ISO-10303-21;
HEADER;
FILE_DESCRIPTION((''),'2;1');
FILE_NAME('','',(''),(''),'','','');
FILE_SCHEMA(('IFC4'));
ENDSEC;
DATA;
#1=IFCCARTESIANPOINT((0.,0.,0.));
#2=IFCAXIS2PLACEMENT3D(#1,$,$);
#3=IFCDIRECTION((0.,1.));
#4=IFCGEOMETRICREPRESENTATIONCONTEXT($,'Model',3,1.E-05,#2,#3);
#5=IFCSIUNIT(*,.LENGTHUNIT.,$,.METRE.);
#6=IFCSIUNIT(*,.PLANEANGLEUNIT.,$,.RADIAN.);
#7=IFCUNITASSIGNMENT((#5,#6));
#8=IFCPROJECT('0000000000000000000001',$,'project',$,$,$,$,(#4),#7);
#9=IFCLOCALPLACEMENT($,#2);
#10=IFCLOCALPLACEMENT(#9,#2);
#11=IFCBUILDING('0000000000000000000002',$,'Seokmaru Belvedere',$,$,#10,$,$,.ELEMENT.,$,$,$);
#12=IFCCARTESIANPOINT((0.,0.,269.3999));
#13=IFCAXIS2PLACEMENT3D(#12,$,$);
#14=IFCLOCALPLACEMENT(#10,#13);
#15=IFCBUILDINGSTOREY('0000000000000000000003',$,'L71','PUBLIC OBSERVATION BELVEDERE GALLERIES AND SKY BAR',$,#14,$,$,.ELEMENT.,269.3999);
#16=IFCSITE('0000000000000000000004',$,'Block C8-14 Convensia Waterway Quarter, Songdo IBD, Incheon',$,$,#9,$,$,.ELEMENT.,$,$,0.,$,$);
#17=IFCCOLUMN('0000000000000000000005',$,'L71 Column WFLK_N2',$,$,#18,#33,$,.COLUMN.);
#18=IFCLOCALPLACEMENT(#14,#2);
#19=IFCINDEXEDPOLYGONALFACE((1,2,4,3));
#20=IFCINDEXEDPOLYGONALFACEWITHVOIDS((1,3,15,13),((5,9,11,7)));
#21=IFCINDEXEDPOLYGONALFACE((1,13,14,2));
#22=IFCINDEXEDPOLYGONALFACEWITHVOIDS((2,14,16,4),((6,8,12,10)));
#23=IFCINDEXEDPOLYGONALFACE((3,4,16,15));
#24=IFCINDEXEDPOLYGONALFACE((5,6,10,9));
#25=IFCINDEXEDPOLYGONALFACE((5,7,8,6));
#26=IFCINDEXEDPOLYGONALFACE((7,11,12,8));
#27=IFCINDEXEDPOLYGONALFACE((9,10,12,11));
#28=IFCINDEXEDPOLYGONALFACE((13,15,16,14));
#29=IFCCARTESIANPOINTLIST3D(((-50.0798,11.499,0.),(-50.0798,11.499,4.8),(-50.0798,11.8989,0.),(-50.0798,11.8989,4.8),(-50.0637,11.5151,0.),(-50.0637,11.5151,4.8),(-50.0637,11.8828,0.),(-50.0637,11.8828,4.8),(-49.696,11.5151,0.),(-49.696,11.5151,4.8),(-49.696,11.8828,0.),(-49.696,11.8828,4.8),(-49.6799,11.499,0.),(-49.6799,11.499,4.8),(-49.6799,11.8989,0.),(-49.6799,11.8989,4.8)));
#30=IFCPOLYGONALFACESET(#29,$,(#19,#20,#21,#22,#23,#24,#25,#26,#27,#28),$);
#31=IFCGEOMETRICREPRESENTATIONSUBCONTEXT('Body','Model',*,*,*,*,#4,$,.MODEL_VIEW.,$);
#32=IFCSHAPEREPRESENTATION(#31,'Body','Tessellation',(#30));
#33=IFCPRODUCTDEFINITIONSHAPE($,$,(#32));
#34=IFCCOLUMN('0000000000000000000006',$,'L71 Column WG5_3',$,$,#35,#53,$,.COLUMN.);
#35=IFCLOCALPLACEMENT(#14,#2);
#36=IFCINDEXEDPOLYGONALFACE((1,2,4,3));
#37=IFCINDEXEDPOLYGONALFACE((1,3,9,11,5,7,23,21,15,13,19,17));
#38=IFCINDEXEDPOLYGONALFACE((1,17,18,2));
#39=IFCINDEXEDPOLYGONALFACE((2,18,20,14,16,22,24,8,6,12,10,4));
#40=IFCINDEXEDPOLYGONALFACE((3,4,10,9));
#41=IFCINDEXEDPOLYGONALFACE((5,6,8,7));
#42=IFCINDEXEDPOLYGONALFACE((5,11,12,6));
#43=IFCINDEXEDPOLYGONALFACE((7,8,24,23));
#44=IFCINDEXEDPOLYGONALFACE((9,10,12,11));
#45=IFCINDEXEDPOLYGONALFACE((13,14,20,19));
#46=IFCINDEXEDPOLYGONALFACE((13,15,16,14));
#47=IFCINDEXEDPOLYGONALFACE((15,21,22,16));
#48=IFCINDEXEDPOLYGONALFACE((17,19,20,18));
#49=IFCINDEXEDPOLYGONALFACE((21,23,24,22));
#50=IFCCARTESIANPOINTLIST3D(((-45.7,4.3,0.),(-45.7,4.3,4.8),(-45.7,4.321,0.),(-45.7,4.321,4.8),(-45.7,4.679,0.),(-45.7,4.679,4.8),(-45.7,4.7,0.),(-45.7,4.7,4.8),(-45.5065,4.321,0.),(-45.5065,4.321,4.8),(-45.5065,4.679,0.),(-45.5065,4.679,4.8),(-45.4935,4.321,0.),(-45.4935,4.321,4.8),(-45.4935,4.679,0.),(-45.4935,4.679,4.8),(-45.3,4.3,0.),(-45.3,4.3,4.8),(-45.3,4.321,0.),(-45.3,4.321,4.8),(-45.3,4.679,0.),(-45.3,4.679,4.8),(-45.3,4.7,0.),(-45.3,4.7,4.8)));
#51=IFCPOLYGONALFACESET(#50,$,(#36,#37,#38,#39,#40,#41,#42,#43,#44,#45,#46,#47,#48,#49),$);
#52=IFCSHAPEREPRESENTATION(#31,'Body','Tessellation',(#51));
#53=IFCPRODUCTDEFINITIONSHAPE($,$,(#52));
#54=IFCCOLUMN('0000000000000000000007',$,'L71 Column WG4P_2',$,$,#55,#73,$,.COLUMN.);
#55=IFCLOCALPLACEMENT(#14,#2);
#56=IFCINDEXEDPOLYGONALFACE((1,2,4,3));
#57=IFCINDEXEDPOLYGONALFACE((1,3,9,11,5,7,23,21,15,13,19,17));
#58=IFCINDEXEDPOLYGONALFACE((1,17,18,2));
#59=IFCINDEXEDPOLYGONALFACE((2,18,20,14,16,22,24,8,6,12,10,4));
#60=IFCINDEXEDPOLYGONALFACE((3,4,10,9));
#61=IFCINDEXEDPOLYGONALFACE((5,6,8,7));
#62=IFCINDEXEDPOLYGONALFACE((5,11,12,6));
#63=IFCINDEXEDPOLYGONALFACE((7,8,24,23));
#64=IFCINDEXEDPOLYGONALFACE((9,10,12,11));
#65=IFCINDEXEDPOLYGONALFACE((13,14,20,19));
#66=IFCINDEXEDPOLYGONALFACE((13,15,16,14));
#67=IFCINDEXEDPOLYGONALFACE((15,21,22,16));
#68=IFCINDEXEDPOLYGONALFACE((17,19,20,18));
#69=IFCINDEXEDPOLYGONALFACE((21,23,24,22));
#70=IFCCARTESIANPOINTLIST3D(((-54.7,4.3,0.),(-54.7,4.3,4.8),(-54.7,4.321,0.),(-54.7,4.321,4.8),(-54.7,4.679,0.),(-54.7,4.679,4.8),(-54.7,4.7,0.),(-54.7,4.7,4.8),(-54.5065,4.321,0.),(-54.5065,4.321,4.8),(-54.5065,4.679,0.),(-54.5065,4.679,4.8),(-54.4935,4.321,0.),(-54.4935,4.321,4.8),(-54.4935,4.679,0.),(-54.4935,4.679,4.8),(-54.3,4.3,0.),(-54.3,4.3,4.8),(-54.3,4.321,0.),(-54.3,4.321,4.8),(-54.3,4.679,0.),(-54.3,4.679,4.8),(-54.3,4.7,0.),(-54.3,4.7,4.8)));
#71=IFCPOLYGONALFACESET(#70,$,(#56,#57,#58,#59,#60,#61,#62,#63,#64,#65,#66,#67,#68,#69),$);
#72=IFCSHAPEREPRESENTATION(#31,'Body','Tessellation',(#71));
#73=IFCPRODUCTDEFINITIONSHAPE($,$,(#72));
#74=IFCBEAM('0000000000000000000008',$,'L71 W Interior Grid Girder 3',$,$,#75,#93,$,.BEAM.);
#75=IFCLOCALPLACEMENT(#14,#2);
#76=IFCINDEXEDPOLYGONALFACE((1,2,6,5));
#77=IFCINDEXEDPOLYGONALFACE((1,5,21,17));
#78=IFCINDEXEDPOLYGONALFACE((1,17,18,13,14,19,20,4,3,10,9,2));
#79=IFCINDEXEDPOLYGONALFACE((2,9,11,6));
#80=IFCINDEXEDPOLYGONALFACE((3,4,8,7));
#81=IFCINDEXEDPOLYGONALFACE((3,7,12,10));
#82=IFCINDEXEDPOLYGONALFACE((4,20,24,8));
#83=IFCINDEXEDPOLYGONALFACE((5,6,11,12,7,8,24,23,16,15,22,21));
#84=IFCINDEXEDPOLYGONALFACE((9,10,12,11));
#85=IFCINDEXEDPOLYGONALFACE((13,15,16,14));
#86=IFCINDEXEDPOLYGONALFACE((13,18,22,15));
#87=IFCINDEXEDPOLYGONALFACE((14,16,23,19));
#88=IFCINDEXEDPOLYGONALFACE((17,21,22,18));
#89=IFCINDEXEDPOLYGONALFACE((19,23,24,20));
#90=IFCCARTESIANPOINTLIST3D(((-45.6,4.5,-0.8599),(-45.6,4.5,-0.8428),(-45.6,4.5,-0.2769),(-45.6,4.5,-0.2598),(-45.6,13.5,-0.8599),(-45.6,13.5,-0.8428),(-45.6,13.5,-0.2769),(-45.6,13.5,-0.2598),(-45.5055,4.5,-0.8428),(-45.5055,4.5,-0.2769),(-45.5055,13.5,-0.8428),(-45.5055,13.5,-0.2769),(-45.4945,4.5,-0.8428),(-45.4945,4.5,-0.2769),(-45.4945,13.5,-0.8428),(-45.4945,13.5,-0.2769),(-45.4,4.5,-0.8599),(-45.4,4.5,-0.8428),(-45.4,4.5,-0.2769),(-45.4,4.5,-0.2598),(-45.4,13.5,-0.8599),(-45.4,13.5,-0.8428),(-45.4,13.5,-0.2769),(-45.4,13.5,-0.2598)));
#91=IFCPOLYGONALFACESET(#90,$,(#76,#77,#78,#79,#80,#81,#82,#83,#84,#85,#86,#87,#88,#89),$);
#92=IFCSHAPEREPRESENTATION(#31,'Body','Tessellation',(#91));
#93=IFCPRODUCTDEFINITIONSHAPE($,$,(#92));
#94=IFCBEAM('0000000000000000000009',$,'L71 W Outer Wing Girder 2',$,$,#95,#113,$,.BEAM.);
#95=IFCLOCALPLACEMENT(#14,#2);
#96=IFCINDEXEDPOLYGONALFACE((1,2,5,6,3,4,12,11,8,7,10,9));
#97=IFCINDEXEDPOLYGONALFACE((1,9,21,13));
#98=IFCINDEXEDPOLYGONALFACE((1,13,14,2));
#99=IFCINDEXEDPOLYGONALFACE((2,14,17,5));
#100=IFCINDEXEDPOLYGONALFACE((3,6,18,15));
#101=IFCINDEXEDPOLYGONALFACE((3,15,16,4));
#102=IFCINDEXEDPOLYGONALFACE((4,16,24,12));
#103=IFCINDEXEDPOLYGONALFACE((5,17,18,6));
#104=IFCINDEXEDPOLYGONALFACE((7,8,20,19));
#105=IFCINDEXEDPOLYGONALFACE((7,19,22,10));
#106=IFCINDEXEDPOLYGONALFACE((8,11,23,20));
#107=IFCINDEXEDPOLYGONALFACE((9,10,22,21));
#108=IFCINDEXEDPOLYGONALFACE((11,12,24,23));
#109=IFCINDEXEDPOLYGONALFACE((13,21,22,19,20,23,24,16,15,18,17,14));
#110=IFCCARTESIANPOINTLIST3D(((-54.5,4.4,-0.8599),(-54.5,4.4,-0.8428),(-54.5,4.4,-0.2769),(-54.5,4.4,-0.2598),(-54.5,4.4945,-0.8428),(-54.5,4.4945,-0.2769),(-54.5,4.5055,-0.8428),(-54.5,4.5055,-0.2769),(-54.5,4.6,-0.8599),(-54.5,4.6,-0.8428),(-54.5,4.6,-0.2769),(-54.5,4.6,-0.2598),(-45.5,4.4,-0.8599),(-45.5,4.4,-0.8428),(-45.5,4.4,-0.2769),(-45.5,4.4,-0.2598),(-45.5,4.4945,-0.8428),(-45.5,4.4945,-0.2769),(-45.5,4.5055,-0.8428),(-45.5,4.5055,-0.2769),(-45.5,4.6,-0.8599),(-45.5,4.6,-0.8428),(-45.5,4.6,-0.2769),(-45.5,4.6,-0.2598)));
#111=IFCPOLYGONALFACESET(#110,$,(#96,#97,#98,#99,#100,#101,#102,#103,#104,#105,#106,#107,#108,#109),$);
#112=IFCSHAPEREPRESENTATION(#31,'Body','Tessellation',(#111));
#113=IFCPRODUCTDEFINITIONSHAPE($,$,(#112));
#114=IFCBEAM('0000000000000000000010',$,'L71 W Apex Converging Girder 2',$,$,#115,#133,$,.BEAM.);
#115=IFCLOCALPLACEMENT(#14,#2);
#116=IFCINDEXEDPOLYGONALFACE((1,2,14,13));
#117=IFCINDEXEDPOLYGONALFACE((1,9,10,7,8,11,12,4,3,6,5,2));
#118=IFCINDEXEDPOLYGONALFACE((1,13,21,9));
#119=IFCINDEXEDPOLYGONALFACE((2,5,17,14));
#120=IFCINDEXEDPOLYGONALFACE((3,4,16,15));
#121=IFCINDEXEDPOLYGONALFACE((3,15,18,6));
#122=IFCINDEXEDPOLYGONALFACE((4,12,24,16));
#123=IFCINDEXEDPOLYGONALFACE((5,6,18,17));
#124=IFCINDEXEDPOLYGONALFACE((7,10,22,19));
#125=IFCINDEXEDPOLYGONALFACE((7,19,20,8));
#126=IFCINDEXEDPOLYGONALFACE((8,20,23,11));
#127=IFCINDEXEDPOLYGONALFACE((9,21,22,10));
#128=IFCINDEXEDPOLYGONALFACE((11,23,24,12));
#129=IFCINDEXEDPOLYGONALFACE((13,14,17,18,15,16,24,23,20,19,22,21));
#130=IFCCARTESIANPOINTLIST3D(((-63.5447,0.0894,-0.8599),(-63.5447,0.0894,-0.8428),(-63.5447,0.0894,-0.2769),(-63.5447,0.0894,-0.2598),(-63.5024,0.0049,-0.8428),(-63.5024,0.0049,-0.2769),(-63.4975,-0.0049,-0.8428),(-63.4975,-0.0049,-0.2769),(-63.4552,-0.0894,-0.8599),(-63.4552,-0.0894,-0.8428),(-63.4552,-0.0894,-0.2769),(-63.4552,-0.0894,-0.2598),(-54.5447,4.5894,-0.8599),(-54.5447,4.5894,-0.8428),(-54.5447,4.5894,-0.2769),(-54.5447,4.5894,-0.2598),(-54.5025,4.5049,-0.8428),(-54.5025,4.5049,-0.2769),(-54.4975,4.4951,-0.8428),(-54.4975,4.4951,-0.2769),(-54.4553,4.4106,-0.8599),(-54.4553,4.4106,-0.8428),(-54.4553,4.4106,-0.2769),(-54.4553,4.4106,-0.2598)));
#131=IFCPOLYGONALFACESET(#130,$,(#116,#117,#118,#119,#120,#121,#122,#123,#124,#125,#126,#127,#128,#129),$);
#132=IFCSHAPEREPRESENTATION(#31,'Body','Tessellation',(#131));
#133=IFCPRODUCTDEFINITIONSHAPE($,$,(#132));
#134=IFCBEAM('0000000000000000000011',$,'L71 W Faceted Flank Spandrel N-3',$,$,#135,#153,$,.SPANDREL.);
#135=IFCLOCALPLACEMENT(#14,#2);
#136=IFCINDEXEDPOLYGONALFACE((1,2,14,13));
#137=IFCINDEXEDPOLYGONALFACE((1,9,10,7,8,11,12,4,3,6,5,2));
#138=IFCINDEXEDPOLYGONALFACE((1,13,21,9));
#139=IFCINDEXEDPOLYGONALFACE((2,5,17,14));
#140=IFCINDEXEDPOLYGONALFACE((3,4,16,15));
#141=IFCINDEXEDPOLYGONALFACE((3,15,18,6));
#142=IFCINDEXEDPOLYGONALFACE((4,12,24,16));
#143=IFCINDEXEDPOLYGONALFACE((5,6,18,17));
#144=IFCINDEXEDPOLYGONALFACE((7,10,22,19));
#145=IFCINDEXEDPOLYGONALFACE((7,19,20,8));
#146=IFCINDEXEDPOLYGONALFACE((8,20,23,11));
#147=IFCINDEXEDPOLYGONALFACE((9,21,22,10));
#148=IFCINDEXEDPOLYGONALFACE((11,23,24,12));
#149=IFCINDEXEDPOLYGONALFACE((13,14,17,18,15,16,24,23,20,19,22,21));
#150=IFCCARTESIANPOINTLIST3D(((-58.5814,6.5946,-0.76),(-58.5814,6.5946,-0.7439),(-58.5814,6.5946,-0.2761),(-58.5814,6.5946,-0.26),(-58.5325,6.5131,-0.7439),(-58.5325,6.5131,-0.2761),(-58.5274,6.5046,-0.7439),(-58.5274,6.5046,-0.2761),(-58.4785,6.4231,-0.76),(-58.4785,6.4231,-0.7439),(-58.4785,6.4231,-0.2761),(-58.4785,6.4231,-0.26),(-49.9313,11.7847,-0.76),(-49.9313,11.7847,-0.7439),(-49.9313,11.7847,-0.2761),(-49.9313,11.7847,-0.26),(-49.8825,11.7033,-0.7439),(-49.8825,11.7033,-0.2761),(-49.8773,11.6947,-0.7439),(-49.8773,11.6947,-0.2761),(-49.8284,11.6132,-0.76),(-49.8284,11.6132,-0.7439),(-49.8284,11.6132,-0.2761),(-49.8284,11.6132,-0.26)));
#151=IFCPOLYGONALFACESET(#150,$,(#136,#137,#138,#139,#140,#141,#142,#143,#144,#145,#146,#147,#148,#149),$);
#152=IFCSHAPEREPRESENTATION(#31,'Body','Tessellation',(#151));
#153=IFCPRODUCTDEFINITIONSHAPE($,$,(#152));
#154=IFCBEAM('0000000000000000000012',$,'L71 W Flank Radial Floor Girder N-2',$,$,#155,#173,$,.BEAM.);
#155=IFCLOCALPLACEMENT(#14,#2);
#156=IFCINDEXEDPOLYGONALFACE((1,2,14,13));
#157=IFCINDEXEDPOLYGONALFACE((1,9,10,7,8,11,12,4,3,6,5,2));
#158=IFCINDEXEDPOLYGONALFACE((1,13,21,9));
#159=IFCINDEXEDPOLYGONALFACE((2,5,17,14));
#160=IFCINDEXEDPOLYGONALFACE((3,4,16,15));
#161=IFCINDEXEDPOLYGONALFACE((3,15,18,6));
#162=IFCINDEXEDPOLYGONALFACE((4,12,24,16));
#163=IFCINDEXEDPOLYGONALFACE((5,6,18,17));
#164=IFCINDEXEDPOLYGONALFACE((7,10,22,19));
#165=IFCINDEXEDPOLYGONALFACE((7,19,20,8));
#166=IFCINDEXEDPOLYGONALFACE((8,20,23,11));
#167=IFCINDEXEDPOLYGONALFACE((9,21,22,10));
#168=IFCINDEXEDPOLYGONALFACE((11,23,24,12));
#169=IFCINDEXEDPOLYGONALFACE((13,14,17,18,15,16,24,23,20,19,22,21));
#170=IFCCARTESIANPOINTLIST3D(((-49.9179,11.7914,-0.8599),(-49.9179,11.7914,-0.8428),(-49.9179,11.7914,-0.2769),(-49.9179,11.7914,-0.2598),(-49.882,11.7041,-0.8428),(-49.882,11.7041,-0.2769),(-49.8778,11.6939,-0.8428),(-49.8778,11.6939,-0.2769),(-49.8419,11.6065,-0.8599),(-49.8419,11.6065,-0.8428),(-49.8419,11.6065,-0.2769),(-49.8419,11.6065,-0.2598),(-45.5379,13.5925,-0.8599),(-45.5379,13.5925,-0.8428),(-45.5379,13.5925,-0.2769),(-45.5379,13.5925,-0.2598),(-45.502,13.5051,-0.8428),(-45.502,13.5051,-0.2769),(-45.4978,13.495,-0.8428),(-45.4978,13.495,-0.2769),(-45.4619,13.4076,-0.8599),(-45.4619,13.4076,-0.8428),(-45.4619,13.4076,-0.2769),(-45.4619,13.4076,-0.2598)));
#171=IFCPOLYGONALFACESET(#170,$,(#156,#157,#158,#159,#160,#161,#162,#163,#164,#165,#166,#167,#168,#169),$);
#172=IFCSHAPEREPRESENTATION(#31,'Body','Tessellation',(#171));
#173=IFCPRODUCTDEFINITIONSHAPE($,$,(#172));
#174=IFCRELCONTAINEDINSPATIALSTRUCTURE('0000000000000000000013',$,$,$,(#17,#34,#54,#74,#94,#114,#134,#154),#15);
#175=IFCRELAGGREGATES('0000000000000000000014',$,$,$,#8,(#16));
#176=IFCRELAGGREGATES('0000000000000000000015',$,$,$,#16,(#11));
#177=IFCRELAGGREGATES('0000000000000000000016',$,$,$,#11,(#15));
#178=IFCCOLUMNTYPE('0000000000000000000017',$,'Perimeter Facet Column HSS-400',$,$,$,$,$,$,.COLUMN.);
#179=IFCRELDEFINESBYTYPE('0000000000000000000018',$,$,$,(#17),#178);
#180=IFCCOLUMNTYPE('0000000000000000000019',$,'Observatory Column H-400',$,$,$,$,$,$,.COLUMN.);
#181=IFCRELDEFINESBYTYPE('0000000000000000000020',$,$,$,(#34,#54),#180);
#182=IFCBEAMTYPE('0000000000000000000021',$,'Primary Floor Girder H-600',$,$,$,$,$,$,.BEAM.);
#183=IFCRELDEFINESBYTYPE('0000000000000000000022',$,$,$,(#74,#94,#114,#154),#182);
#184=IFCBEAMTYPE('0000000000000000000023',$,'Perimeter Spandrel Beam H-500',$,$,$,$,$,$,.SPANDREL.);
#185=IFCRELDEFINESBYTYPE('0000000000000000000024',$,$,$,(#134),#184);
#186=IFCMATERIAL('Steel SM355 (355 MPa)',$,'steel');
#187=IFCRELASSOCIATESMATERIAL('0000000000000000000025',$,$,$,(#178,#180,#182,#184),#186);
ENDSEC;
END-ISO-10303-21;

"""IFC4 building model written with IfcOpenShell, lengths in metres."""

from ifc_helpers import new_model, si_unit, direction, frame, origin, origin_2d, place, context, subcontext, project, spatial, hollow_rectangle, i_section, extrude, source, transform, mapped, material, material_profile, profile_set, type_object, type_shapes, element, save


model = new_model("IFC4")

# Units and contexts
model_context = context("Model", 3, precision=1e-05, world=origin(), true_north=direction((0.0, 1.0)))
body_context = subcontext(model_context, "Body", "Model", "MODEL_VIEW")
ifc_project = project(units=[si_unit("LENGTHUNIT", "METRE"), si_unit("PLANEANGLEUNIT", "RADIAN")], contexts=[model_context])

# Site, building, storey
site_placement = place(None, origin())
site = spatial("IfcSite", under=ifc_project, at=site_placement, Name="Block C8-14 Convensia Waterway Quarter, Songdo IBD, Incheon", CompositionType="ELEMENT", RefElevation=0.0)
building_placement = place(site_placement, origin())
building = spatial("IfcBuilding", under=site, at=building_placement, Name="Seokmaru Belvedere", CompositionType="ELEMENT")
storey_placement = place(building_placement, frame((0.0, 0.0, 269.3999)))
storey = spatial("IfcBuildingStorey", under=building, at=storey_placement, Name="L71", Description="PUBLIC OBSERVATION BELVEDERE GALLERIES AND SKY BAR", CompositionType="ELEMENT", Elevation=269.3999)

# Columns
ifc_material_1 = material(Name="Steel SM355 (355 MPa)", Category="steel")
ifc_material_profile_1 = material_profile(ifc_material_1, hollow_rectangle(XDim=0.3999, YDim=0.3999, WallThickness=0.0161, at=origin_2d()), Name="HSS-400x400x16")
ifc_profile_set_1 = profile_set([ifc_material_profile_1], Name="Steel SM355 (355 MPa)")
column_type_1 = type_object("IfcColumnType", Name="Perimeter Facet Column HSS-400", PredefinedType="COLUMN", material=ifc_profile_set_1)
shared_shape_1 = source(origin(), body_context, "Body", "SweptSolid", [
    extrude(hollow_rectangle(XDim=0.3999, YDim=0.3999, WallThickness=0.0161, at=origin_2d()), origin(), (0.0, 0.0, 1.0), 4.8),
])
type_shapes(column_type_1, [shared_shape_1])
column_placement = place(storey_placement, frame((-49.8799, 11.699, 0.0), z_axis=(0.0, 0.0, 1.0), x_axis=(1.0, 0.0, 0.0)))
element("IfcColumn", 1, at=column_placement, inside=storey, type_object=column_type_1, Name="L71 Column WFLK_N2", PredefinedType="COLUMN", context=body_context, shape_type="MappedRepresentation", body=[
    mapped(shared_shape_1, transform((0.0, 0.0, 0.0), scale=1.0)),
])
ifc_material_profile_2 = material_profile(ifc_material_1, i_section(OverallWidth=0.3999, OverallDepth=0.3999, WebThickness=0.0129, FlangeThickness=0.021, at=origin_2d()), Name="H-400x400x13x21")
ifc_profile_set_2 = profile_set([ifc_material_profile_2], Name="Steel SM355 (355 MPa)")
column_type_2 = type_object("IfcColumnType", Name="Observatory Column H-400", PredefinedType="COLUMN", material=ifc_profile_set_2)
shared_shape_2 = source(origin(), body_context, "Body", "SweptSolid", [
    extrude(i_section(OverallWidth=0.3999, OverallDepth=0.3999, WebThickness=0.0129, FlangeThickness=0.021, at=origin_2d()), origin(), (0.0, 0.0, 1.0), 4.8),
])
type_shapes(column_type_2, [shared_shape_2])
for number, where, z_axis, x_axis, name in (
    (2, (-45.5, 4.5, 0.0), (0.0, 0.0, 1.0), (1.0, 0.0, 0.0), "L71 Column WG5_3"),
    (3, (-54.5, 4.5, 0.0), (0.0, 0.0, 1.0), (1.0, 0.0, 0.0), "L71 Column WG4P_2"),
):
    element("IfcColumn", number, at=place(storey_placement, frame(where, z_axis=z_axis, x_axis=x_axis)), inside=storey, type_object=column_type_2, Name=name, PredefinedType="COLUMN", context=body_context, shape_type="MappedRepresentation", body=[
        mapped(shared_shape_2, transform((0.0, 0.0, 0.0), scale=1.0)),
    ])

# Beams
ifc_material_profile_3 = material_profile(ifc_material_1, i_section(OverallWidth=0.2, OverallDepth=0.6001, WebThickness=0.011, FlangeThickness=0.0171, at=origin_2d()), Name="H-600x200x11x17")
ifc_profile_set_3 = profile_set([ifc_material_profile_3], Name="Steel SM355 (355 MPa)")
beam_type_1 = type_object("IfcBeamType", Name="Primary Floor Girder H-600", PredefinedType="BEAM", material=ifc_profile_set_3)
shared_shape_3 = source(origin(), body_context, "Body", "SweptSolid", [
    extrude(i_section(OverallWidth=0.2, OverallDepth=0.6001, WebThickness=0.011, FlangeThickness=0.0171, at=origin_2d()), origin(), (0.0, 0.0, 1.0), 9.0),
])
for number, where, z_axis, x_axis, name in (
    (4, (-45.5, 4.5, -0.5598), (0.0, 1.0, 0.0), (-1.0, 0.0, 0.0), "L71 W Interior Grid Girder 3"),
    (5, (-54.5, 4.5, -0.5598), (1.0, 0.0, 0.0), (0.0, 1.0, 0.0), "L71 W Outer Wing Girder 2"),
):
    element("IfcBeam", number, at=place(storey_placement, frame(where, z_axis=z_axis, x_axis=x_axis)), inside=storey, type_object=beam_type_1, Name=name, PredefinedType="BEAM", context=body_context, shape_type="MappedRepresentation", body=[
        mapped(shared_shape_3, transform((0.0, 0.0, 0.0), scale=1.0)),
    ])
shared_shape_4 = source(origin(), body_context, "Body", "SweptSolid", [
    extrude(i_section(OverallWidth=0.2, OverallDepth=0.6001, WebThickness=0.011, FlangeThickness=0.0171, at=origin_2d()), origin(), (0.0, 0.0, 1.0), 10.0623),
])
beam_1_placement = place(storey_placement, frame((-54.5, 4.5, -0.5598), z_axis=(-0.894427, -0.447214, 0.0), x_axis=(0.447214, -0.894427, 0.0)))
element("IfcBeam", 6, at=beam_1_placement, inside=storey, type_object=beam_type_1, Name="L71 W Apex Converging Girder 2", PredefinedType="BEAM", context=body_context, shape_type="MappedRepresentation", body=[
    mapped(shared_shape_4, transform((0.0, 0.0, 0.0), scale=1.0)),
])
ifc_material_profile_4 = material_profile(ifc_material_1, i_section(OverallWidth=0.2, OverallDepth=0.5, WebThickness=0.01, FlangeThickness=0.0161, at=origin_2d()), Name="H-500x200x10x16")
ifc_profile_set_4 = profile_set([ifc_material_profile_4], Name="Steel SM355 (355 MPa)")
beam_type_2 = type_object("IfcBeamType", Name="Perimeter Spandrel Beam H-500", PredefinedType="SPANDREL", material=ifc_profile_set_4)
shared_shape_5 = source(origin(), body_context, "Body", "SweptSolid", [
    extrude(i_section(OverallWidth=0.2, OverallDepth=0.5, WebThickness=0.01, FlangeThickness=0.0161, at=origin_2d()), origin(), (0.0, 0.0, 1.0), 10.0876),
])
type_shapes(beam_type_2, [shared_shape_5])
beam_2_placement = place(storey_placement, frame((-49.8799, 11.699, -0.51), z_axis=(-0.857489, -0.514503, 0.0), x_axis=(0.514503, -0.857489, 0.0)))
element("IfcBeam", 7, at=beam_2_placement, inside=storey, type_object=beam_type_2, Name="L71 W Faceted Flank Spandrel N-3", PredefinedType="SPANDREL", context=body_context, shape_type="MappedRepresentation", body=[
    mapped(shared_shape_5, transform((0.0, 0.0, 0.0), scale=1.0)),
])
shared_shape_6 = source(origin(), body_context, "Body", "SweptSolid", [
    extrude(i_section(OverallWidth=0.2, OverallDepth=0.6001, WebThickness=0.011, FlangeThickness=0.0171, at=origin_2d()), origin(), (0.0, 0.0, 1.0), 4.7358),
])
type_shapes(beam_type_1, [shared_shape_3, shared_shape_4, shared_shape_6])
beam_3_placement = place(storey_placement, frame((-49.8799, 11.699, -0.5598), z_axis=(0.924861, 0.380306, 0.0), x_axis=(-0.380306, 0.924861, 0.0)))
element("IfcBeam", 8, at=beam_3_placement, inside=storey, type_object=beam_type_1, Name="L71 W Flank Radial Floor Girder N-2", PredefinedType="BEAM", context=body_context, shape_type="MappedRepresentation", body=[
    mapped(shared_shape_6, transform((0.0, 0.0, 0.0), scale=1.0)),
])

save(model, "model.ifc")
